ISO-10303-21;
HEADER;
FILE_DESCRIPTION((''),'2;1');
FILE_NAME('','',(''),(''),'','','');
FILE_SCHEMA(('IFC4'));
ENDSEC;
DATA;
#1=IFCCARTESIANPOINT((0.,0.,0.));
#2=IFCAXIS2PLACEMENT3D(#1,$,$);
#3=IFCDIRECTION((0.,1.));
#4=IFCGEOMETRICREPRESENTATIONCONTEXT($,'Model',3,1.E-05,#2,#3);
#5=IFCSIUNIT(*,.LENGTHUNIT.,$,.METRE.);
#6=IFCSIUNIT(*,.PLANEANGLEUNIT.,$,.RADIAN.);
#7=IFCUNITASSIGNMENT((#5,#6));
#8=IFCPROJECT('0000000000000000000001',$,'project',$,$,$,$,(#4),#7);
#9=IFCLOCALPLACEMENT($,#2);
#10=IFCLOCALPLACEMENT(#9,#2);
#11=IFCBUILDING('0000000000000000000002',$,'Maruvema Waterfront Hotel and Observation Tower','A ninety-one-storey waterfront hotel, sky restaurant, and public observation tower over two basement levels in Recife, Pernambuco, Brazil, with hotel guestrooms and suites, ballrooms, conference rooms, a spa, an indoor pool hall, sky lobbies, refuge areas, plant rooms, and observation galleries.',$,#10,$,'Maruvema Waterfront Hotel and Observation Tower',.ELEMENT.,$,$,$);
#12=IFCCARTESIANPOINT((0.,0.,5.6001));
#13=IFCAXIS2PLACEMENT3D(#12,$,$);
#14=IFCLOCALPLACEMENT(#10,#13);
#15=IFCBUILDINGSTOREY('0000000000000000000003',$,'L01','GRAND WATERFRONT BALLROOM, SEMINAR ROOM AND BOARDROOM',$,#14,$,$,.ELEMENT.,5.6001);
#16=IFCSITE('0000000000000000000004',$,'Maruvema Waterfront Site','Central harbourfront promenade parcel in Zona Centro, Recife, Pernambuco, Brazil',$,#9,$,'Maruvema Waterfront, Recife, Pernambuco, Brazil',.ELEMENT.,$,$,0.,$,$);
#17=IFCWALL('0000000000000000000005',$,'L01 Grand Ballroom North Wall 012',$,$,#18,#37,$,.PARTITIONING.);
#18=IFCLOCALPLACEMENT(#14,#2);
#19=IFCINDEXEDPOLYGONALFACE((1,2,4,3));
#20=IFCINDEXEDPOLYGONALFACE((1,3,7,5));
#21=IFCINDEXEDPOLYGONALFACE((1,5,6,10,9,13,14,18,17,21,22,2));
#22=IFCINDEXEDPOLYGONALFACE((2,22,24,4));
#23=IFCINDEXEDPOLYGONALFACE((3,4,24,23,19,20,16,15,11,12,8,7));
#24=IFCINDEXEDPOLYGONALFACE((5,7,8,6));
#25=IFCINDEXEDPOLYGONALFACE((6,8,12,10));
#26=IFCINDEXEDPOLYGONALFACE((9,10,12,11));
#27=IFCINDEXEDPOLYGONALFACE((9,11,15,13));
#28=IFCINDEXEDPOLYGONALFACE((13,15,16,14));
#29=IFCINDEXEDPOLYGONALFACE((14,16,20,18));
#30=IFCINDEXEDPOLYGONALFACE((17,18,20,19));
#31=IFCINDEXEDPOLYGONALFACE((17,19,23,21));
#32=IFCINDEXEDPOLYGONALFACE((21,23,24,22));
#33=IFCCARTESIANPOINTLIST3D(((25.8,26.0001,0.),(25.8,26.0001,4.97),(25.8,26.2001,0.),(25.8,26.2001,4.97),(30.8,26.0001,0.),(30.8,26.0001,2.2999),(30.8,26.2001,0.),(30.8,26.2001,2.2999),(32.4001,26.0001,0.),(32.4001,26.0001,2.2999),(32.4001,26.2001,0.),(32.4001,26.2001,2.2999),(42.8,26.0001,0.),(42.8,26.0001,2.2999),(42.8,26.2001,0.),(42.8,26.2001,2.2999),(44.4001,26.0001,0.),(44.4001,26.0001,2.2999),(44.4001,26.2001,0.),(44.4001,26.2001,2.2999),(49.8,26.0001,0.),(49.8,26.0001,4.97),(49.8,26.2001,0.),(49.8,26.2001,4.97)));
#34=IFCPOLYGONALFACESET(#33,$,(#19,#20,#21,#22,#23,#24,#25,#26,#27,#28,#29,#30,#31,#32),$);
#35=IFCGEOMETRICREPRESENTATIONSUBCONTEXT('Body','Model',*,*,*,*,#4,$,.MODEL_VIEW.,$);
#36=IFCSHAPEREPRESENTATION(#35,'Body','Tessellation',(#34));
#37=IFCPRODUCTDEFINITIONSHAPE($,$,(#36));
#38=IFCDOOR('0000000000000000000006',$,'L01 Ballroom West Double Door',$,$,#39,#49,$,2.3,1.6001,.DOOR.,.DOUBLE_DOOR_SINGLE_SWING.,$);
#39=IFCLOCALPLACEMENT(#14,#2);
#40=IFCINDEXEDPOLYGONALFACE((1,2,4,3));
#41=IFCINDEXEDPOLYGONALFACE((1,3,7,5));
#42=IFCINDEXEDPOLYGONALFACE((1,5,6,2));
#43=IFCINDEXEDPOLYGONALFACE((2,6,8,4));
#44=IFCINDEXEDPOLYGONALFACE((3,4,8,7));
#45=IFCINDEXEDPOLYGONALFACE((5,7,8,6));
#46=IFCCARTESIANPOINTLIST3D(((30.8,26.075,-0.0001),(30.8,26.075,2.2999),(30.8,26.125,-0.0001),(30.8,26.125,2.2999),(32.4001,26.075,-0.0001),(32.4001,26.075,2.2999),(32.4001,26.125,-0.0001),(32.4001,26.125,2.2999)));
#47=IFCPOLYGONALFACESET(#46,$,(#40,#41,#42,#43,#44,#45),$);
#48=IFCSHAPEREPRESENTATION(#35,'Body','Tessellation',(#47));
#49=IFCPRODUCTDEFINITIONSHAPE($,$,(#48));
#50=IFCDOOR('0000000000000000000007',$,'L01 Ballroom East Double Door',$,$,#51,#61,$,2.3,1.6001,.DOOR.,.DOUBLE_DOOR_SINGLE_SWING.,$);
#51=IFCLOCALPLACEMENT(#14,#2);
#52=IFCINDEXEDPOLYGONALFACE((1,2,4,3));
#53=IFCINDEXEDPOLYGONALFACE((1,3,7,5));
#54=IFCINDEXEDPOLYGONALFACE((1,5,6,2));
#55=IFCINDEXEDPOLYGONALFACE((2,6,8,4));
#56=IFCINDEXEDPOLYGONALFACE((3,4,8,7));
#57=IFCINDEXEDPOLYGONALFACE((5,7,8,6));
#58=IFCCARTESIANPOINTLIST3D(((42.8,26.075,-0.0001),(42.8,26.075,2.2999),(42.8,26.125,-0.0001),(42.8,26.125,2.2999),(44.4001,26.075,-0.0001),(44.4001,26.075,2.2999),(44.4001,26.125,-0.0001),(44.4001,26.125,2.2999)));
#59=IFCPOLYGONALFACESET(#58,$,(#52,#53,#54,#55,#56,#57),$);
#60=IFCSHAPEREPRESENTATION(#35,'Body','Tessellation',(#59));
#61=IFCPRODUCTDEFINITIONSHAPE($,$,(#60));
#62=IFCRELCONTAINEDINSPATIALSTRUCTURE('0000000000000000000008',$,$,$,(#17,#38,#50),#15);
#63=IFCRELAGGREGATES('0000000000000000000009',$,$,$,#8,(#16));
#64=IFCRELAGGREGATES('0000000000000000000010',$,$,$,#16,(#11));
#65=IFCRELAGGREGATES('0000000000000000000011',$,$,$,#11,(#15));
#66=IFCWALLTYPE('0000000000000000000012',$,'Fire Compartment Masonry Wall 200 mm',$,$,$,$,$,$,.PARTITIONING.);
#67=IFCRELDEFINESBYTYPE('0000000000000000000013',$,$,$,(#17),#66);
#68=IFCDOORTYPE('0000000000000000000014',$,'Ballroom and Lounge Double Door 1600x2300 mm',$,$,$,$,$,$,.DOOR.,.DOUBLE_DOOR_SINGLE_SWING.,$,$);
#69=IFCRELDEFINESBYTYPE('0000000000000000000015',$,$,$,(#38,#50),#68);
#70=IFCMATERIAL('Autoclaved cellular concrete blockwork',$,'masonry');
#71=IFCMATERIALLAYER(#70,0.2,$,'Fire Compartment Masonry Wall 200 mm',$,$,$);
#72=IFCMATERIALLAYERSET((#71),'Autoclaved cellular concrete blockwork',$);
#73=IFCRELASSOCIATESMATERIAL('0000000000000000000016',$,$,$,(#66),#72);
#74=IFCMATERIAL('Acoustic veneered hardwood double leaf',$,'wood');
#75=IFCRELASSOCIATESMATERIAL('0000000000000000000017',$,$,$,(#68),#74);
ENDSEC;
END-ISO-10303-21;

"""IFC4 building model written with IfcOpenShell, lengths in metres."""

from ifc_helpers import new_model, si_unit, direction, frame, frame_2d, origin, place, context, subcontext, project, spatial, rectangle, extrude, material, layer, layer_set, type_object, element, fill, save


model = new_model("IFC4")

# Units and contexts
model_context = context("Model", 3, precision=1e-05, world=origin(), true_north=direction((0.0, 1.0)))
body_context = subcontext(model_context, "Body", "Model", "MODEL_VIEW")
ifc_project = project(units=[si_unit("LENGTHUNIT", "METRE"), si_unit("PLANEANGLEUNIT", "RADIAN")], contexts=[model_context])

# Site, building, storey
site_placement = place(None, origin())
site = spatial("IfcSite", under=ifc_project, at=site_placement, Name="Maruvema Waterfront Site", Description="Central harbourfront promenade parcel in Zona Centro, Recife, Pernambuco, Brazil", LongName="Maruvema Waterfront, Recife, Pernambuco, Brazil", CompositionType="ELEMENT", RefElevation=0.0)
building_placement = place(site_placement, origin())
building = spatial("IfcBuilding", under=site, at=building_placement, Name="Maruvema Waterfront Hotel and Observation Tower", Description="A ninety-one-storey waterfront hotel, sky restaurant, and public observation tower over two basement levels in Recife, Pernambuco, Brazil, with hotel guestrooms and suites, ballrooms, conference rooms, a spa, an indoor pool hall, sky lobbies, refuge areas, plant rooms, and observation galleries.", LongName="Maruvema Waterfront Hotel and Observation Tower", CompositionType="ELEMENT")
storey_placement = place(building_placement, frame((0.0, 0.0, 5.6001)))
storey = spatial("IfcBuildingStorey", under=building, at=storey_placement, Name="L01", Description="GRAND WATERFRONT BALLROOM, SEMINAR ROOM AND BOARDROOM", CompositionType="ELEMENT", Elevation=5.6001)

# Wall, openings, doors
ifc_material_1 = material(Name="Autoclaved cellular concrete blockwork", Category="masonry")
ifc_layer_1 = layer(ifc_material_1, 0.2, Name="Fire Compartment Masonry Wall 200 mm")
ifc_layer_set_1 = layer_set([ifc_layer_1], Name="Autoclaved cellular concrete blockwork")
wall_type_1 = type_object("IfcWallType", Name="Fire Compartment Masonry Wall 200 mm", PredefinedType="PARTITIONING", material=ifc_layer_set_1)
wall_1_placement = place(storey_placement, frame((25.8, 26.1001, 0.0), z_axis=(0.0, 0.0, 1.0), x_axis=(1.0, 0.0, 0.0)))
wall_1 = element("IfcWall", 1, at=wall_1_placement, inside=storey, type_object=wall_type_1, Name="L01 Grand Ballroom North Wall 012", PredefinedType="PARTITIONING", context=body_context, shape_type="SweptSolid", body=[
    extrude(rectangle(XDim=24.0, YDim=0.2, at=frame_2d((12.0, 0.0))), origin(), (0.0, 0.0, 1.0), 4.97),
])
opening_1_placement = place(wall_1_placement, frame((5.0, 0.0, 0.0)))
opening_1 = element("IfcOpeningElement", 2, at=opening_1_placement, cuts=wall_1, PredefinedType="OPENING", context=body_context, shape_type="SweptSolid", body=[
    extrude(rectangle(XDim=1.6001, YDim=2.3, at=frame_2d((0.8, 1.1499))), frame((0.0, 0.1099, 0.0), z_axis=(0.0, -1.0, 0.0), x_axis=(1.0, 0.0, 0.0)), (0.0, 0.0, 1.0), 0.22),
])
opening_2_placement = place(wall_1_placement, frame((17.0, 0.0, 0.0)))
opening_2 = element("IfcOpeningElement", 3, at=opening_2_placement, cuts=wall_1, PredefinedType="OPENING", context=body_context, shape_type="SweptSolid", body=[
    extrude(rectangle(XDim=1.6001, YDim=2.3, at=frame_2d((0.8, 1.1499))), frame((0.0, 0.1099, 0.0), z_axis=(0.0, -1.0, 0.0), x_axis=(1.0, 0.0, 0.0)), (0.0, 0.0, 1.0), 0.22),
])
ifc_material_2 = material(Name="Acoustic veneered hardwood double leaf", Category="wood")
door_type_1 = type_object("IfcDoorType", Name="Ballroom and Lounge Double Door 1600x2300 mm", OperationType="DOUBLE_DOOR_SINGLE_SWING", PredefinedType="DOOR", material=ifc_material_2)
door_1_placement = place(opening_1_placement, origin())
door_1 = element("IfcDoor", 4, at=door_1_placement, inside=storey, type_object=door_type_1, Name="L01 Ballroom West Double Door", OperationType="DOUBLE_DOOR_SINGLE_SWING", OverallHeight=2.3, OverallWidth=1.6001, PredefinedType="DOOR", context=body_context, shape_type="SweptSolid", body=[
    extrude(rectangle(XDim=1.6001, YDim=2.3, at=frame_2d((0.8, 1.1499))), frame((0.0, 0.0249, 0.0), z_axis=(0.0, -1.0, 0.0), x_axis=(1.0, 0.0, 0.0)), (0.0, 0.0, 1.0), 0.05),
])
fill(opening_1, door_1)
door_2_placement = place(opening_2_placement, origin())
door_2 = element("IfcDoor", 5, at=door_2_placement, inside=storey, type_object=door_type_1, Name="L01 Ballroom East Double Door", OperationType="DOUBLE_DOOR_SINGLE_SWING", OverallHeight=2.3, OverallWidth=1.6001, PredefinedType="DOOR", context=body_context, shape_type="SweptSolid", body=[
    extrude(rectangle(XDim=1.6001, YDim=2.3, at=frame_2d((0.8, 1.1499))), frame((0.0, 0.0249, 0.0), z_axis=(0.0, -1.0, 0.0), x_axis=(1.0, 0.0, 0.0)), (0.0, 0.0, 1.0), 0.05),
])
fill(opening_2, door_2)

save(model, "model.ifc")
